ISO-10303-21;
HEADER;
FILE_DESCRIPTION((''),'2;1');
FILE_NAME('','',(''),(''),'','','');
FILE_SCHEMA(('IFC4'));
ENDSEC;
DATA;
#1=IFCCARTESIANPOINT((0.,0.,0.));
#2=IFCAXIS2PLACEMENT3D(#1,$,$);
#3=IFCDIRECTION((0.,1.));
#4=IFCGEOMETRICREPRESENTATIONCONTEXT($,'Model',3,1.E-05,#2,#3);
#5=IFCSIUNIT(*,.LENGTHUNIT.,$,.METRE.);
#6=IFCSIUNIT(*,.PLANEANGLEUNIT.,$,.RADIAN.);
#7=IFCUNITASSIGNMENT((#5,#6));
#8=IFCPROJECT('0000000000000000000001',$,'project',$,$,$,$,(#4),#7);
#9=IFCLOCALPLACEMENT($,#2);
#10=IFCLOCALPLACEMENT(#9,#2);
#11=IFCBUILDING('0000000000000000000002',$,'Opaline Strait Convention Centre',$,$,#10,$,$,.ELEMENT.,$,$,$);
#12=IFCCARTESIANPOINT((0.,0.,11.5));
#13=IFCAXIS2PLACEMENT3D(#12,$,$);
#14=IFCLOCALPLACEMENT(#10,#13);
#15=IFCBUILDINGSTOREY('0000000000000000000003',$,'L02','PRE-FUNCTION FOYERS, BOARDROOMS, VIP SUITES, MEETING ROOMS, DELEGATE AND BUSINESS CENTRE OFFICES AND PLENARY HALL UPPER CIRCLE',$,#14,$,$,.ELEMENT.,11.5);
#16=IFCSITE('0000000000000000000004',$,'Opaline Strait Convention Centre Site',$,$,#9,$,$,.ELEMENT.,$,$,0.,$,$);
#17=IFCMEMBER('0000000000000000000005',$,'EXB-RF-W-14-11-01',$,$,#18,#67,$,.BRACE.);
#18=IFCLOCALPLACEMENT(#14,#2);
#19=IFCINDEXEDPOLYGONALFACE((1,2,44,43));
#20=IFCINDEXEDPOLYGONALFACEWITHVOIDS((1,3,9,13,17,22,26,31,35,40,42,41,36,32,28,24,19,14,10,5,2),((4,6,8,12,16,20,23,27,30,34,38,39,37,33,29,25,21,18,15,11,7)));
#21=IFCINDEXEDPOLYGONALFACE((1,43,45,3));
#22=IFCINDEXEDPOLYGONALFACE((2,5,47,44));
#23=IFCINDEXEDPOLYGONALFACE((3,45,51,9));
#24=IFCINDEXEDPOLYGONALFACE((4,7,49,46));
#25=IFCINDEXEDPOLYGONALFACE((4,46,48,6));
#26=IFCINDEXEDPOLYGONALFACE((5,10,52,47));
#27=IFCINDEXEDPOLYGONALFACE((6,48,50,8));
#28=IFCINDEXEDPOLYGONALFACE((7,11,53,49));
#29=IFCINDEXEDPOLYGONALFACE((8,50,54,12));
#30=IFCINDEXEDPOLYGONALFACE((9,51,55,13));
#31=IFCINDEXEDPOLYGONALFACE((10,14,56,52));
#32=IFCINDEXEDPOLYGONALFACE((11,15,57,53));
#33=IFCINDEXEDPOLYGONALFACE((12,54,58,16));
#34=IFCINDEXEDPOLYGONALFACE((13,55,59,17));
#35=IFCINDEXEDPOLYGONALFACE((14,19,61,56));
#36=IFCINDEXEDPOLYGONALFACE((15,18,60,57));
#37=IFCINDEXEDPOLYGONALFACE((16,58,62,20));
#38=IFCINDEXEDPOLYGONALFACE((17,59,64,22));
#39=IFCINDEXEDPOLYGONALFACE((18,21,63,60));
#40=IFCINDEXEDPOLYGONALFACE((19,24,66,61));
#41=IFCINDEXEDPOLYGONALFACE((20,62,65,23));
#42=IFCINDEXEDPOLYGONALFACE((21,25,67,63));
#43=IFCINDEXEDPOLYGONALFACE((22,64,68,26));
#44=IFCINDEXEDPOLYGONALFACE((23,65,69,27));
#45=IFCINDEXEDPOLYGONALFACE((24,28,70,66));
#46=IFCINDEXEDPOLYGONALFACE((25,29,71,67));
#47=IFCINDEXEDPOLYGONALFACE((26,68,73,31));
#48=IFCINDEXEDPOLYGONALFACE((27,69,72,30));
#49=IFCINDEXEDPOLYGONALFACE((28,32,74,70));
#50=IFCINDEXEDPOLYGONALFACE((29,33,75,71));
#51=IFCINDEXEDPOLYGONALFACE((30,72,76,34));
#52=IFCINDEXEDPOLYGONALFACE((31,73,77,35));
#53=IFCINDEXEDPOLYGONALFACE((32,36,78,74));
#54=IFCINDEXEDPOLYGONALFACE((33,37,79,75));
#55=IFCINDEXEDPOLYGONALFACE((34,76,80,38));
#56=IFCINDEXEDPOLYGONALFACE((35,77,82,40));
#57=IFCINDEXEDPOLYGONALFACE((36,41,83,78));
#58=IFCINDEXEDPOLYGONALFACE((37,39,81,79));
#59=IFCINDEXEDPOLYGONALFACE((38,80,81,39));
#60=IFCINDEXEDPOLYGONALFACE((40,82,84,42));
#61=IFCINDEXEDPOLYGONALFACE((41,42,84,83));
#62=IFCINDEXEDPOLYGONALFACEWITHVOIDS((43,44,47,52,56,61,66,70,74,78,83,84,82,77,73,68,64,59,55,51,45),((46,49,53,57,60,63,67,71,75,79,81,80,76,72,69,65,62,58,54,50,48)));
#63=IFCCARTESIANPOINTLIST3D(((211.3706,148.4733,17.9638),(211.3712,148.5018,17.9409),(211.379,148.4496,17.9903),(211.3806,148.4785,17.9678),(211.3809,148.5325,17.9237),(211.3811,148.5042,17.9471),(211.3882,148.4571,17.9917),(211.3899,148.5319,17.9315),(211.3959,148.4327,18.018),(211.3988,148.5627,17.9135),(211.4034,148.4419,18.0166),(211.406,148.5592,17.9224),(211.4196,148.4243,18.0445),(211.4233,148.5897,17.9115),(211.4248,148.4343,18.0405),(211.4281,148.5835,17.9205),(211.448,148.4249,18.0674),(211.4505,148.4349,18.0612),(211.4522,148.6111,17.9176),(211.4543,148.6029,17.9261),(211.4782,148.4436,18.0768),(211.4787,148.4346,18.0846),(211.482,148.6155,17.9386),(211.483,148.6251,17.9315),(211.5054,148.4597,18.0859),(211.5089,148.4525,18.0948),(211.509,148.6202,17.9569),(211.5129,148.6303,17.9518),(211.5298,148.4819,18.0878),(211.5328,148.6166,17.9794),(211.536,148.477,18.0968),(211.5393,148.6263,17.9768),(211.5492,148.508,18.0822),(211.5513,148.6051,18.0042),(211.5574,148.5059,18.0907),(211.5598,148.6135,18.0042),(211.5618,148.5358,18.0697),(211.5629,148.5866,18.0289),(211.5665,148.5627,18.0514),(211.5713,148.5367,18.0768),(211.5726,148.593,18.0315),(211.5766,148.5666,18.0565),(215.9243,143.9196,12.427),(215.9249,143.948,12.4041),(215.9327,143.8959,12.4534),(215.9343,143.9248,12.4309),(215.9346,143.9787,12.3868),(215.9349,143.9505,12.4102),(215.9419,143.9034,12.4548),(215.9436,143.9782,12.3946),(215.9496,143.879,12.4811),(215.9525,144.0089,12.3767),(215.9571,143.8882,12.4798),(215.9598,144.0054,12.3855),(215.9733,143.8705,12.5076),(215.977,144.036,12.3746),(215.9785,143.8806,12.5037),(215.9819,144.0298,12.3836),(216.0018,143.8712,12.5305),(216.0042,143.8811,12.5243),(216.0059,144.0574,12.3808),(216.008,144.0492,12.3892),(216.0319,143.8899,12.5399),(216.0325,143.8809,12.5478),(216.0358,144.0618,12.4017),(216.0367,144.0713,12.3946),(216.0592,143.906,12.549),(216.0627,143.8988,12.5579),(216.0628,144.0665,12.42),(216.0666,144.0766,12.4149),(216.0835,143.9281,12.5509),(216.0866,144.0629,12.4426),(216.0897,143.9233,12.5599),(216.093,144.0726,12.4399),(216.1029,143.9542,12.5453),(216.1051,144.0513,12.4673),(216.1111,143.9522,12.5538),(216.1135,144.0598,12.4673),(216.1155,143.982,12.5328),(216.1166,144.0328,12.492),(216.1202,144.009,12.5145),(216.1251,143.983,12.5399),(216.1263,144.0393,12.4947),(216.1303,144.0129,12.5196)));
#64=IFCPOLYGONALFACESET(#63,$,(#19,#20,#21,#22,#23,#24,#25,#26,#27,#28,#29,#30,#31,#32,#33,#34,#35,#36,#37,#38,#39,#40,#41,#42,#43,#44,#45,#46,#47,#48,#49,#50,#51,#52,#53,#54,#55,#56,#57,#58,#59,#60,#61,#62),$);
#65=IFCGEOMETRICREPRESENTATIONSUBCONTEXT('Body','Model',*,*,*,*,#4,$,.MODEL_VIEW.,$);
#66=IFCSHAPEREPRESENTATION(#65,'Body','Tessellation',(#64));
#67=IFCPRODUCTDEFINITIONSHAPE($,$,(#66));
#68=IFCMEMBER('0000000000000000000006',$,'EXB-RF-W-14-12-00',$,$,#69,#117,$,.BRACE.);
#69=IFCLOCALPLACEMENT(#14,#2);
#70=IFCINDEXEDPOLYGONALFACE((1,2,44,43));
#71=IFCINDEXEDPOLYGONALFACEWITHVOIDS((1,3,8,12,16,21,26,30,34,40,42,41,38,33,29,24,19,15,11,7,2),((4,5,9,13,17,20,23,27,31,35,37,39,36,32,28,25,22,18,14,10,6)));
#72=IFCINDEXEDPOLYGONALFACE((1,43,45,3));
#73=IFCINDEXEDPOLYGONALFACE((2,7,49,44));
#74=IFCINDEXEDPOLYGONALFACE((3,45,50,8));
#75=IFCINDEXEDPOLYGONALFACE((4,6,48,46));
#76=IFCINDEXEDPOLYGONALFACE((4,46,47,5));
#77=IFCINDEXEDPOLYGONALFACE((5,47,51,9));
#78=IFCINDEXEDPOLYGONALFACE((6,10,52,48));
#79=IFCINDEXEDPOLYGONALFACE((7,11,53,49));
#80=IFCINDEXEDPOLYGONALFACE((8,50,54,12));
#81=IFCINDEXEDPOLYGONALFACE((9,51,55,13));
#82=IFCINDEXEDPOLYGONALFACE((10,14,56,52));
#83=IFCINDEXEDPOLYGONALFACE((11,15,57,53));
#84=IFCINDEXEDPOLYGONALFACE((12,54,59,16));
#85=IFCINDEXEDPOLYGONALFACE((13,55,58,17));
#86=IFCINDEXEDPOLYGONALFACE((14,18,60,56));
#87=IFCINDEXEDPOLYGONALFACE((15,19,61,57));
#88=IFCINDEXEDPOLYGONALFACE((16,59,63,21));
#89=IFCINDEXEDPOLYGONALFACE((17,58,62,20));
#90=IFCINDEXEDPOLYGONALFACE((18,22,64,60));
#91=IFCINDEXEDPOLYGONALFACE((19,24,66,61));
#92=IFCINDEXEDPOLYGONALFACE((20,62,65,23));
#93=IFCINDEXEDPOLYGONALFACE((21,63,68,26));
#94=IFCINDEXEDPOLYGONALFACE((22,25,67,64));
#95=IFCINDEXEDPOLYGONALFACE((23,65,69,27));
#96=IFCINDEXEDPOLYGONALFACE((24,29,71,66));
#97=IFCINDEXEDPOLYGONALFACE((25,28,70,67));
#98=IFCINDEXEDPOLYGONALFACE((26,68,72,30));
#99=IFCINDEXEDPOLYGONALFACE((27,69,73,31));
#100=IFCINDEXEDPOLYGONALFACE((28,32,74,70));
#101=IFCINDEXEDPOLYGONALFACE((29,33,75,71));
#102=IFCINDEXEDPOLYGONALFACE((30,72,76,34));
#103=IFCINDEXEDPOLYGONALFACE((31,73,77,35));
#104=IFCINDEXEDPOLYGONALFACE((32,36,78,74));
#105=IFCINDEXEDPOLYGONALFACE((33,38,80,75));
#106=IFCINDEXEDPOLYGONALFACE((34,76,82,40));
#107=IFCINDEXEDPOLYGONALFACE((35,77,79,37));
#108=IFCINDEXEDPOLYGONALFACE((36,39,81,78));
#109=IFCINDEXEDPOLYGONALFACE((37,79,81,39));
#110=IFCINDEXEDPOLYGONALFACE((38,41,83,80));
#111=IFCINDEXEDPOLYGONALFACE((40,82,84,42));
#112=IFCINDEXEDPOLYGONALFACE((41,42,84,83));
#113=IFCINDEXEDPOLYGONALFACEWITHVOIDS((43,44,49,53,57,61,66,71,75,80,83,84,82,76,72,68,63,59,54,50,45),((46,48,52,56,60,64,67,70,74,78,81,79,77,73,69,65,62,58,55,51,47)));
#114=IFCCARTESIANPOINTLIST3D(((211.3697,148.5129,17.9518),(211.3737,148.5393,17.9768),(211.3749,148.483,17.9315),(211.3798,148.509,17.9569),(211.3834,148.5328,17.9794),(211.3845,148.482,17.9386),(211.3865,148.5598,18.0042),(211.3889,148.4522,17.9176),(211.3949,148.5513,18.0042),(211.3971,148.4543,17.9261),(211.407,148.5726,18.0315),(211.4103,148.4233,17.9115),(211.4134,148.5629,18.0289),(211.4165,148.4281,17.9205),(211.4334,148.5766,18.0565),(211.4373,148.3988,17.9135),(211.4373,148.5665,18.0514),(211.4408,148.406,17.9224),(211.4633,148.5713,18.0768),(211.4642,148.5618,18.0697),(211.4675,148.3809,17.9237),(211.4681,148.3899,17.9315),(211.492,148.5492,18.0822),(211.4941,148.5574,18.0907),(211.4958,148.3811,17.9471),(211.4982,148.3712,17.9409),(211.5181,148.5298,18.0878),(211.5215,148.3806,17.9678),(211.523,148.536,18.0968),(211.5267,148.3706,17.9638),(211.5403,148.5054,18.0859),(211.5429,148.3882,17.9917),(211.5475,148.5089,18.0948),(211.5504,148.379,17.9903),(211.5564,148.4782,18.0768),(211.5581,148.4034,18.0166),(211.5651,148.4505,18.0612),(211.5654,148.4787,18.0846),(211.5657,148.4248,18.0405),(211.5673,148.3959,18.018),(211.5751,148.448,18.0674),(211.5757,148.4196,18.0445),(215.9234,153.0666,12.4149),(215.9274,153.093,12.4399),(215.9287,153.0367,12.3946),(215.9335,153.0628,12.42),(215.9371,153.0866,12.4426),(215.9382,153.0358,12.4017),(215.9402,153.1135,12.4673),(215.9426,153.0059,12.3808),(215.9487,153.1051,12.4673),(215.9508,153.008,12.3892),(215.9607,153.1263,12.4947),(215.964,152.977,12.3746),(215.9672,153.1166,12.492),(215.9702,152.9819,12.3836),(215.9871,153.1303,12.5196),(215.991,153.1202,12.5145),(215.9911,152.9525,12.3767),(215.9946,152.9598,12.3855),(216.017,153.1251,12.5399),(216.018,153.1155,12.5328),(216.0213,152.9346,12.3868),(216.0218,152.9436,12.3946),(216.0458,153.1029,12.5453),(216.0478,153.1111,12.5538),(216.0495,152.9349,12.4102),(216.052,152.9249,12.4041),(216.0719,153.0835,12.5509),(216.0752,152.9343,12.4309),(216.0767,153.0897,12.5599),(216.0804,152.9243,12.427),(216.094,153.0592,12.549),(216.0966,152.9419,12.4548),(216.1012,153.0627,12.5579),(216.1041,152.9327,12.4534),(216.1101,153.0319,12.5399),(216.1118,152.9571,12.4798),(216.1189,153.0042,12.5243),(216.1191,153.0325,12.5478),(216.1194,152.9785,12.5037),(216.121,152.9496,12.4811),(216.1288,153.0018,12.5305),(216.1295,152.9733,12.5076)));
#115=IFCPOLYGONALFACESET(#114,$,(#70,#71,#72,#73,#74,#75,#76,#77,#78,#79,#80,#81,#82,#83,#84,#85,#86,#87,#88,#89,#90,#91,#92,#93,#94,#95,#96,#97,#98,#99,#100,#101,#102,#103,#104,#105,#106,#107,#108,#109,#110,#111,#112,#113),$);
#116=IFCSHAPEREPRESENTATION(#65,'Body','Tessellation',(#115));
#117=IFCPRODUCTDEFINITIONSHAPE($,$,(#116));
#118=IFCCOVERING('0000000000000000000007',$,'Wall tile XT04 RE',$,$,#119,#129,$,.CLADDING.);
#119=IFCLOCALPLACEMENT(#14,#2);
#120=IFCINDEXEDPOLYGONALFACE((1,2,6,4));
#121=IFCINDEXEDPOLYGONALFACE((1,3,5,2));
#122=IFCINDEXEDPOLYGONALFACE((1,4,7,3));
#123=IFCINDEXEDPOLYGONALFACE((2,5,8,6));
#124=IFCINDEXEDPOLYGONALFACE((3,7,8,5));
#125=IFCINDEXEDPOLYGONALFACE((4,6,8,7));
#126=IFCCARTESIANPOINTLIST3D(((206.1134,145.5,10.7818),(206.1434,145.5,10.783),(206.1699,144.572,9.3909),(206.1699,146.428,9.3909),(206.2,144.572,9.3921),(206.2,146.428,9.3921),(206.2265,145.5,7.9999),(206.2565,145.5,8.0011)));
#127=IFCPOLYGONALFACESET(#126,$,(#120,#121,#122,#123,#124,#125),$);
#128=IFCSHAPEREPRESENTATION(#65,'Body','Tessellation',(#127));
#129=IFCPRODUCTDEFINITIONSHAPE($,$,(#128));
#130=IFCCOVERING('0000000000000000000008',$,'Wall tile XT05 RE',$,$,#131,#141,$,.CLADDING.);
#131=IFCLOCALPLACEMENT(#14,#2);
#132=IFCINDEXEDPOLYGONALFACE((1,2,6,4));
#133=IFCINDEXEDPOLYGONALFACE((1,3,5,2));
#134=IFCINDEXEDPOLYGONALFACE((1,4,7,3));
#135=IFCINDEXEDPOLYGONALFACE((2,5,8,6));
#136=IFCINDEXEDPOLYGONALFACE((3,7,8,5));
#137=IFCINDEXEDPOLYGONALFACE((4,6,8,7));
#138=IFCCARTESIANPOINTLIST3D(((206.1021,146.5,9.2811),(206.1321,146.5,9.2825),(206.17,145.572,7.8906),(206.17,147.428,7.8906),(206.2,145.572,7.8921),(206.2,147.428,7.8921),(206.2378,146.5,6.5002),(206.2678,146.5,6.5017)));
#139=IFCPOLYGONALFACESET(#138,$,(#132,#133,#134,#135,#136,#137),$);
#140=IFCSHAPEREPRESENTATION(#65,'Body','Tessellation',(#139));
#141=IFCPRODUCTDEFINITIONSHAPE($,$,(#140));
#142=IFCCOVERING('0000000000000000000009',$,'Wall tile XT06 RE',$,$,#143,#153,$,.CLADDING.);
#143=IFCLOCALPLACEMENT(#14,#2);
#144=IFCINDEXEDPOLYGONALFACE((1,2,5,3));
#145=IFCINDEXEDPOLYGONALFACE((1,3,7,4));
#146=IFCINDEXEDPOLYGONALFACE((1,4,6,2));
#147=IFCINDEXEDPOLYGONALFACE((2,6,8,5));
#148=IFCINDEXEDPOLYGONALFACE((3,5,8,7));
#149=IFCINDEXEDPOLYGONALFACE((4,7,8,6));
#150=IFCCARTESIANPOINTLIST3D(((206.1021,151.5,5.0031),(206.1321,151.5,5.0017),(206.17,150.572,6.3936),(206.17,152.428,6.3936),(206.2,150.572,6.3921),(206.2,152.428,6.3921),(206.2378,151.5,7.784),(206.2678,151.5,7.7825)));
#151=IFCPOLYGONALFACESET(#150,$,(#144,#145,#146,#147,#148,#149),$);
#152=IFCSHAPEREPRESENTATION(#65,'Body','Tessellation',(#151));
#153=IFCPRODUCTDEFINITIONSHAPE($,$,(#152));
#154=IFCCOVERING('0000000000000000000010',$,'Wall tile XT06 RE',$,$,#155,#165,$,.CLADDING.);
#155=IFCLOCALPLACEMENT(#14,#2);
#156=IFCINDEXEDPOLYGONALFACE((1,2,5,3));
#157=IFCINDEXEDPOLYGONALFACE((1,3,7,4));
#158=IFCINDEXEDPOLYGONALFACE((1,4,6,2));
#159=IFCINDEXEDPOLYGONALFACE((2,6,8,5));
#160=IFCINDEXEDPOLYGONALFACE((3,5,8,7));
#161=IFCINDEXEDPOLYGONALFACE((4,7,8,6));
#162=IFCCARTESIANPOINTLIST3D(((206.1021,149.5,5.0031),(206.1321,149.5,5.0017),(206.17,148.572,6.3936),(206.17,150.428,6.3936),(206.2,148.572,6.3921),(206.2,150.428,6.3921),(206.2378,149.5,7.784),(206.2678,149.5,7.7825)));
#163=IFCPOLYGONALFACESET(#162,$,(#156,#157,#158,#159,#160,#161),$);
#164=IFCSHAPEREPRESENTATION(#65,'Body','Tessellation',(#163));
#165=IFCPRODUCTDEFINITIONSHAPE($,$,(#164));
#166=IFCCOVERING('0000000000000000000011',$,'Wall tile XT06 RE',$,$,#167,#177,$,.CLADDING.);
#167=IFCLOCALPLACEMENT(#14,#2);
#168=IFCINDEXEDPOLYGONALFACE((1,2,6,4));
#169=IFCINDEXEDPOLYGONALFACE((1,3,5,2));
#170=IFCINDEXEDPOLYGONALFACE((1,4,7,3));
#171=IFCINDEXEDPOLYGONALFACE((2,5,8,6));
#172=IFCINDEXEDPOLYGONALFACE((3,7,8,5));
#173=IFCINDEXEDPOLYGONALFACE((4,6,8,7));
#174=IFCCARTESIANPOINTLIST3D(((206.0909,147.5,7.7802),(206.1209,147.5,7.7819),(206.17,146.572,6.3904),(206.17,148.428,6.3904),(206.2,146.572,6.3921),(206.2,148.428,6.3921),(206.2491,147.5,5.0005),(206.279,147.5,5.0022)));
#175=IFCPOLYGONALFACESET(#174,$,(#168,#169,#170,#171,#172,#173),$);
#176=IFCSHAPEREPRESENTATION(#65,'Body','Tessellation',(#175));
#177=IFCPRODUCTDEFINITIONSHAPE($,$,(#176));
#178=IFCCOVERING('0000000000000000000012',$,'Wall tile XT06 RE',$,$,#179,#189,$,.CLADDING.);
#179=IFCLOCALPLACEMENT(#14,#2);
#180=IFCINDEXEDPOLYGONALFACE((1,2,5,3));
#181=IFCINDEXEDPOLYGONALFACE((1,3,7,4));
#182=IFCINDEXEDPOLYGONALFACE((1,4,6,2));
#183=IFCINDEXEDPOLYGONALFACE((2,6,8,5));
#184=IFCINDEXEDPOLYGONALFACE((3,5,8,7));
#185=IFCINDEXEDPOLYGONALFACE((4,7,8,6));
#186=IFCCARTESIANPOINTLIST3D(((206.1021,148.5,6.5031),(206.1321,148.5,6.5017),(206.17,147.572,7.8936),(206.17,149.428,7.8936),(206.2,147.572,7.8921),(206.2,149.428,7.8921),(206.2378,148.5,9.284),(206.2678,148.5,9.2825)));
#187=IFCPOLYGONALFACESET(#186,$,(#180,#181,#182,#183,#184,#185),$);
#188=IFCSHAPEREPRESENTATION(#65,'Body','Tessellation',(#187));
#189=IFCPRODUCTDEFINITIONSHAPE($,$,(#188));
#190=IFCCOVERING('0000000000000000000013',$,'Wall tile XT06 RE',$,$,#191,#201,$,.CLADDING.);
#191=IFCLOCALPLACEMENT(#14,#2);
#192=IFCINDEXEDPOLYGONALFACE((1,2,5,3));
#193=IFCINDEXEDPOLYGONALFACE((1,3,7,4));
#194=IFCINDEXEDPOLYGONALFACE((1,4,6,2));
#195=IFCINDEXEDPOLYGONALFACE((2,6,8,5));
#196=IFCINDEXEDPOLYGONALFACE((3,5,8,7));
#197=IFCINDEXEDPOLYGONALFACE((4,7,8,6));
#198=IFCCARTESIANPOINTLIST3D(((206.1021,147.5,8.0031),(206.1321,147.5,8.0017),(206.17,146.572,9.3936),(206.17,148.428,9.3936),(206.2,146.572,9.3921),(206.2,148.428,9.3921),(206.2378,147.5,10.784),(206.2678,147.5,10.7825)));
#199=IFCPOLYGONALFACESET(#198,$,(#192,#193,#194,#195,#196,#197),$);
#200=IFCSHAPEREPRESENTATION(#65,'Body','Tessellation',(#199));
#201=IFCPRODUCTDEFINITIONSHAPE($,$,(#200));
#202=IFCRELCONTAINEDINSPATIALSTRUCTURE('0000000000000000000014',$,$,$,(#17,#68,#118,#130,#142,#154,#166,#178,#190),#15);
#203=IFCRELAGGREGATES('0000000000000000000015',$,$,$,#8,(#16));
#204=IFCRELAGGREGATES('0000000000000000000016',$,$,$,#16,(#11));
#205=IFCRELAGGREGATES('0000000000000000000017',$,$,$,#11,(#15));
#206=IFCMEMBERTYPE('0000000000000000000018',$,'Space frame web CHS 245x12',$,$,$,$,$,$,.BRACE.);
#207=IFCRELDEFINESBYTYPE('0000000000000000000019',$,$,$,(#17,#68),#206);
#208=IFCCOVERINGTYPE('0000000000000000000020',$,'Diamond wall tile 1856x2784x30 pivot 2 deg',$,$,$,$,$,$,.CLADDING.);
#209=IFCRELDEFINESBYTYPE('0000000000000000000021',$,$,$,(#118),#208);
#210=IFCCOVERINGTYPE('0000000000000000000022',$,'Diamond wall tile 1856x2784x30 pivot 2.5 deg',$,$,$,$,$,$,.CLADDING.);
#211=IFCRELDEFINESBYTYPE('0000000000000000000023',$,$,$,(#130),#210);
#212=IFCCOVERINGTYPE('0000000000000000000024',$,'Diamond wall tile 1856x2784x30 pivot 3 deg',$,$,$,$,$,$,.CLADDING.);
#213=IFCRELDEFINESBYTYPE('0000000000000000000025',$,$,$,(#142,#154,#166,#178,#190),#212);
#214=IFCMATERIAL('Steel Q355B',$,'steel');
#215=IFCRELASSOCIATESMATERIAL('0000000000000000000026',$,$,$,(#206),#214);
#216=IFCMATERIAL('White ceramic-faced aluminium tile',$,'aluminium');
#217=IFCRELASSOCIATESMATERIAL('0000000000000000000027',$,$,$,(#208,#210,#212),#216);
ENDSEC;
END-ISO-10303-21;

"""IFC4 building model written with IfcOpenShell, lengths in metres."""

from ifc_helpers import new_model, si_unit, direction, frame, origin, origin_2d, place, context, subcontext, project, spatial, polyline, hollow_circle, outline, extrude, material, material_profile, profile_set, type_object, element, save


model = new_model("IFC4")

# Units and contexts
model_context = context("Model", 3, precision=1e-05, world=origin(), true_north=direction((0.0, 1.0)))
body_context = subcontext(model_context, "Body", "Model", "MODEL_VIEW")
ifc_project = project(units=[si_unit("LENGTHUNIT", "METRE"), si_unit("PLANEANGLEUNIT", "RADIAN")], contexts=[model_context])

# Site, building, storey
site_placement = place(None, origin())
site = spatial("IfcSite", under=ifc_project, at=site_placement, Name="Opaline Strait Convention Centre Site", CompositionType="ELEMENT", RefElevation=0.0)
building_placement = place(site_placement, origin())
building = spatial("IfcBuilding", under=site, at=building_placement, Name="Opaline Strait Convention Centre", CompositionType="ELEMENT")
storey_placement = place(building_placement, frame((0.0, 0.0, 11.5)))
storey = spatial("IfcBuildingStorey", under=building, at=storey_placement, Name="L02", Description="PRE-FUNCTION FOYERS, BOARDROOMS, VIP SUITES, MEETING ROOMS, DELEGATE AND BUSINESS CENTRE OFFICES AND PLENARY HALL UPPER CIRCLE", CompositionType="ELEMENT", Elevation=11.5)

# Members
ifc_material_1 = material(Name="Steel Q355B", Category="steel")
ifc_material_profile_1 = material_profile(ifc_material_1, hollow_circle(Radius=0.1226, WallThickness=0.012, at=origin_2d()), Name="CHS 245x12")
ifc_profile_set_1 = profile_set([ifc_material_profile_1], Name="Steel Q355B")
member_type_1 = type_object("IfcMemberType", Name="Space frame web CHS 245x12", PredefinedType="BRACE", material=ifc_profile_set_1)
for number, where, z_axis, x_axis, name in (
    (1, (211.4731, 148.5269, 18.0042), (0.536178, -0.536178, -0.65194), (0.707107, 0.707107, 0.0), "EXB-RF-W-14-11-01"),
    (2, (211.4731, 148.4731, 18.0042), (0.536178, 0.536178, -0.65194), (-0.707107, 0.707107, 0.0), "EXB-RF-W-14-12-00"),
):
    element("IfcMember", number, at=place(storey_placement, frame(where, z_axis=z_axis, x_axis=x_axis)), inside=storey, type_object=member_type_1, Name=name, PredefinedType="BRACE", context=body_context, shape_type="SweptSolid", body=[
        extrude(hollow_circle(Radius=0.1226, WallThickness=0.012, at=origin_2d()), origin(), (0.0, 0.0, 1.0), 8.4929),
    ])

# Coverings
ifc_material_2 = material(Name="White ceramic-faced aluminium tile", Category="aluminium")
ifc_material_profile_2 = material_profile(ifc_material_2, outline(polyline([(0.928, 0.0), (0.0, 1.3921), (-0.928, 0.0), (0.0, -1.3921), (0.928, 0.0)])), Name="Diamond tile 1856x2784")
ifc_profile_set_2 = profile_set([ifc_material_profile_2], Name="White ceramic-faced aluminium tile")
covering_type_1 = type_object("IfcCoveringType", Name="Diamond wall tile 1856x2784x30 pivot 2 deg", PredefinedType="CLADDING", material=ifc_profile_set_2)
covering_1_placement = place(storey_placement, frame((206.2, 145.5, 9.3921), z_axis=(-0.999175, 0.0, -0.040617), x_axis=(0.0, -1.0, 0.0)))
element("IfcCovering", 3, at=covering_1_placement, inside=storey, type_object=covering_type_1, Name="Wall tile XT04 RE", PredefinedType="CLADDING", context=body_context, shape_type="SweptSolid", body=[
    extrude(outline(polyline([(0.928, 0.0), (0.0, 1.3921), (-0.928, 0.0), (0.0, -1.3921), (0.928, 0.0)])), origin(), (0.0, 0.0, 1.0), 0.03),
])
ifc_material_profile_3 = material_profile(ifc_material_2, outline(polyline([(0.928, 0.0), (0.0, 1.3921), (-0.928, 0.0), (0.0, -1.3921), (0.928, 0.0)])), Name="Diamond tile 1856x2784")
ifc_profile_set_3 = profile_set([ifc_material_profile_3], Name="White ceramic-faced aluminium tile")
covering_type_2 = type_object("IfcCoveringType", Name="Diamond wall tile 1856x2784x30 pivot 2.5 deg", PredefinedType="CLADDING", material=ifc_profile_set_3)
covering_2_placement = place(storey_placement, frame((206.2, 146.5, 7.8921), z_axis=(-0.998812, 0.0, -0.048723), x_axis=(0.0, -1.0, 0.0)))
element("IfcCovering", 4, at=covering_2_placement, inside=storey, type_object=covering_type_2, Name="Wall tile XT05 RE", PredefinedType="CLADDING", context=body_context, shape_type="SweptSolid", body=[
    extrude(outline(polyline([(0.928, 0.0), (0.0, 1.3921), (-0.928, 0.0), (0.0, -1.3921), (0.928, 0.0)])), origin(), (0.0, 0.0, 1.0), 0.03),
])
ifc_material_profile_4 = material_profile(ifc_material_2, outline(polyline([(0.928, 0.0), (0.0, 1.3921), (-0.928, 0.0), (0.0, -1.3921), (0.928, 0.0)])), Name="Diamond tile 1856x2784")
ifc_profile_set_4 = profile_set([ifc_material_profile_4], Name="White ceramic-faced aluminium tile")
covering_type_3 = type_object("IfcCoveringType", Name="Diamond wall tile 1856x2784x30 pivot 3 deg", PredefinedType="CLADDING", material=ifc_profile_set_4)
for number, where, z_axis, x_axis, name in (
    (5, (206.2, 151.5, 6.3921), (-0.998812, 0.0, 0.048723), (0.0, -1.0, 0.0), "Wall tile XT06 RE"),
    (6, (206.2, 149.5, 6.3921), (-0.998812, 0.0, 0.048723), (0.0, -1.0, 0.0), "Wall tile XT06 RE"),
    (7, (206.2, 147.5, 6.3921), (-0.998385, 0.0, -0.056819), (0.0, -1.0, 0.0), "Wall tile XT06 RE"),
    (8, (206.2, 148.5, 7.8921), (-0.998812, 0.0, 0.048723), (0.0, -1.0, 0.0), "Wall tile XT06 RE"),
    (9, (206.2, 147.5, 9.3921), (-0.998812, 0.0, 0.048723), (0.0, -1.0, 0.0), "Wall tile XT06 RE"),
):
    element("IfcCovering", number, at=place(storey_placement, frame(where, z_axis=z_axis, x_axis=x_axis)), inside=storey, type_object=covering_type_3, Name=name, PredefinedType="CLADDING", context=body_context, shape_type="SweptSolid", body=[
        extrude(outline(polyline([(0.928, 0.0), (0.0, 1.3921), (-0.928, 0.0), (0.0, -1.3921), (0.928, 0.0)])), origin(), (0.0, 0.0, 1.0), 0.03),
    ])

save(model, "model.ifc")
